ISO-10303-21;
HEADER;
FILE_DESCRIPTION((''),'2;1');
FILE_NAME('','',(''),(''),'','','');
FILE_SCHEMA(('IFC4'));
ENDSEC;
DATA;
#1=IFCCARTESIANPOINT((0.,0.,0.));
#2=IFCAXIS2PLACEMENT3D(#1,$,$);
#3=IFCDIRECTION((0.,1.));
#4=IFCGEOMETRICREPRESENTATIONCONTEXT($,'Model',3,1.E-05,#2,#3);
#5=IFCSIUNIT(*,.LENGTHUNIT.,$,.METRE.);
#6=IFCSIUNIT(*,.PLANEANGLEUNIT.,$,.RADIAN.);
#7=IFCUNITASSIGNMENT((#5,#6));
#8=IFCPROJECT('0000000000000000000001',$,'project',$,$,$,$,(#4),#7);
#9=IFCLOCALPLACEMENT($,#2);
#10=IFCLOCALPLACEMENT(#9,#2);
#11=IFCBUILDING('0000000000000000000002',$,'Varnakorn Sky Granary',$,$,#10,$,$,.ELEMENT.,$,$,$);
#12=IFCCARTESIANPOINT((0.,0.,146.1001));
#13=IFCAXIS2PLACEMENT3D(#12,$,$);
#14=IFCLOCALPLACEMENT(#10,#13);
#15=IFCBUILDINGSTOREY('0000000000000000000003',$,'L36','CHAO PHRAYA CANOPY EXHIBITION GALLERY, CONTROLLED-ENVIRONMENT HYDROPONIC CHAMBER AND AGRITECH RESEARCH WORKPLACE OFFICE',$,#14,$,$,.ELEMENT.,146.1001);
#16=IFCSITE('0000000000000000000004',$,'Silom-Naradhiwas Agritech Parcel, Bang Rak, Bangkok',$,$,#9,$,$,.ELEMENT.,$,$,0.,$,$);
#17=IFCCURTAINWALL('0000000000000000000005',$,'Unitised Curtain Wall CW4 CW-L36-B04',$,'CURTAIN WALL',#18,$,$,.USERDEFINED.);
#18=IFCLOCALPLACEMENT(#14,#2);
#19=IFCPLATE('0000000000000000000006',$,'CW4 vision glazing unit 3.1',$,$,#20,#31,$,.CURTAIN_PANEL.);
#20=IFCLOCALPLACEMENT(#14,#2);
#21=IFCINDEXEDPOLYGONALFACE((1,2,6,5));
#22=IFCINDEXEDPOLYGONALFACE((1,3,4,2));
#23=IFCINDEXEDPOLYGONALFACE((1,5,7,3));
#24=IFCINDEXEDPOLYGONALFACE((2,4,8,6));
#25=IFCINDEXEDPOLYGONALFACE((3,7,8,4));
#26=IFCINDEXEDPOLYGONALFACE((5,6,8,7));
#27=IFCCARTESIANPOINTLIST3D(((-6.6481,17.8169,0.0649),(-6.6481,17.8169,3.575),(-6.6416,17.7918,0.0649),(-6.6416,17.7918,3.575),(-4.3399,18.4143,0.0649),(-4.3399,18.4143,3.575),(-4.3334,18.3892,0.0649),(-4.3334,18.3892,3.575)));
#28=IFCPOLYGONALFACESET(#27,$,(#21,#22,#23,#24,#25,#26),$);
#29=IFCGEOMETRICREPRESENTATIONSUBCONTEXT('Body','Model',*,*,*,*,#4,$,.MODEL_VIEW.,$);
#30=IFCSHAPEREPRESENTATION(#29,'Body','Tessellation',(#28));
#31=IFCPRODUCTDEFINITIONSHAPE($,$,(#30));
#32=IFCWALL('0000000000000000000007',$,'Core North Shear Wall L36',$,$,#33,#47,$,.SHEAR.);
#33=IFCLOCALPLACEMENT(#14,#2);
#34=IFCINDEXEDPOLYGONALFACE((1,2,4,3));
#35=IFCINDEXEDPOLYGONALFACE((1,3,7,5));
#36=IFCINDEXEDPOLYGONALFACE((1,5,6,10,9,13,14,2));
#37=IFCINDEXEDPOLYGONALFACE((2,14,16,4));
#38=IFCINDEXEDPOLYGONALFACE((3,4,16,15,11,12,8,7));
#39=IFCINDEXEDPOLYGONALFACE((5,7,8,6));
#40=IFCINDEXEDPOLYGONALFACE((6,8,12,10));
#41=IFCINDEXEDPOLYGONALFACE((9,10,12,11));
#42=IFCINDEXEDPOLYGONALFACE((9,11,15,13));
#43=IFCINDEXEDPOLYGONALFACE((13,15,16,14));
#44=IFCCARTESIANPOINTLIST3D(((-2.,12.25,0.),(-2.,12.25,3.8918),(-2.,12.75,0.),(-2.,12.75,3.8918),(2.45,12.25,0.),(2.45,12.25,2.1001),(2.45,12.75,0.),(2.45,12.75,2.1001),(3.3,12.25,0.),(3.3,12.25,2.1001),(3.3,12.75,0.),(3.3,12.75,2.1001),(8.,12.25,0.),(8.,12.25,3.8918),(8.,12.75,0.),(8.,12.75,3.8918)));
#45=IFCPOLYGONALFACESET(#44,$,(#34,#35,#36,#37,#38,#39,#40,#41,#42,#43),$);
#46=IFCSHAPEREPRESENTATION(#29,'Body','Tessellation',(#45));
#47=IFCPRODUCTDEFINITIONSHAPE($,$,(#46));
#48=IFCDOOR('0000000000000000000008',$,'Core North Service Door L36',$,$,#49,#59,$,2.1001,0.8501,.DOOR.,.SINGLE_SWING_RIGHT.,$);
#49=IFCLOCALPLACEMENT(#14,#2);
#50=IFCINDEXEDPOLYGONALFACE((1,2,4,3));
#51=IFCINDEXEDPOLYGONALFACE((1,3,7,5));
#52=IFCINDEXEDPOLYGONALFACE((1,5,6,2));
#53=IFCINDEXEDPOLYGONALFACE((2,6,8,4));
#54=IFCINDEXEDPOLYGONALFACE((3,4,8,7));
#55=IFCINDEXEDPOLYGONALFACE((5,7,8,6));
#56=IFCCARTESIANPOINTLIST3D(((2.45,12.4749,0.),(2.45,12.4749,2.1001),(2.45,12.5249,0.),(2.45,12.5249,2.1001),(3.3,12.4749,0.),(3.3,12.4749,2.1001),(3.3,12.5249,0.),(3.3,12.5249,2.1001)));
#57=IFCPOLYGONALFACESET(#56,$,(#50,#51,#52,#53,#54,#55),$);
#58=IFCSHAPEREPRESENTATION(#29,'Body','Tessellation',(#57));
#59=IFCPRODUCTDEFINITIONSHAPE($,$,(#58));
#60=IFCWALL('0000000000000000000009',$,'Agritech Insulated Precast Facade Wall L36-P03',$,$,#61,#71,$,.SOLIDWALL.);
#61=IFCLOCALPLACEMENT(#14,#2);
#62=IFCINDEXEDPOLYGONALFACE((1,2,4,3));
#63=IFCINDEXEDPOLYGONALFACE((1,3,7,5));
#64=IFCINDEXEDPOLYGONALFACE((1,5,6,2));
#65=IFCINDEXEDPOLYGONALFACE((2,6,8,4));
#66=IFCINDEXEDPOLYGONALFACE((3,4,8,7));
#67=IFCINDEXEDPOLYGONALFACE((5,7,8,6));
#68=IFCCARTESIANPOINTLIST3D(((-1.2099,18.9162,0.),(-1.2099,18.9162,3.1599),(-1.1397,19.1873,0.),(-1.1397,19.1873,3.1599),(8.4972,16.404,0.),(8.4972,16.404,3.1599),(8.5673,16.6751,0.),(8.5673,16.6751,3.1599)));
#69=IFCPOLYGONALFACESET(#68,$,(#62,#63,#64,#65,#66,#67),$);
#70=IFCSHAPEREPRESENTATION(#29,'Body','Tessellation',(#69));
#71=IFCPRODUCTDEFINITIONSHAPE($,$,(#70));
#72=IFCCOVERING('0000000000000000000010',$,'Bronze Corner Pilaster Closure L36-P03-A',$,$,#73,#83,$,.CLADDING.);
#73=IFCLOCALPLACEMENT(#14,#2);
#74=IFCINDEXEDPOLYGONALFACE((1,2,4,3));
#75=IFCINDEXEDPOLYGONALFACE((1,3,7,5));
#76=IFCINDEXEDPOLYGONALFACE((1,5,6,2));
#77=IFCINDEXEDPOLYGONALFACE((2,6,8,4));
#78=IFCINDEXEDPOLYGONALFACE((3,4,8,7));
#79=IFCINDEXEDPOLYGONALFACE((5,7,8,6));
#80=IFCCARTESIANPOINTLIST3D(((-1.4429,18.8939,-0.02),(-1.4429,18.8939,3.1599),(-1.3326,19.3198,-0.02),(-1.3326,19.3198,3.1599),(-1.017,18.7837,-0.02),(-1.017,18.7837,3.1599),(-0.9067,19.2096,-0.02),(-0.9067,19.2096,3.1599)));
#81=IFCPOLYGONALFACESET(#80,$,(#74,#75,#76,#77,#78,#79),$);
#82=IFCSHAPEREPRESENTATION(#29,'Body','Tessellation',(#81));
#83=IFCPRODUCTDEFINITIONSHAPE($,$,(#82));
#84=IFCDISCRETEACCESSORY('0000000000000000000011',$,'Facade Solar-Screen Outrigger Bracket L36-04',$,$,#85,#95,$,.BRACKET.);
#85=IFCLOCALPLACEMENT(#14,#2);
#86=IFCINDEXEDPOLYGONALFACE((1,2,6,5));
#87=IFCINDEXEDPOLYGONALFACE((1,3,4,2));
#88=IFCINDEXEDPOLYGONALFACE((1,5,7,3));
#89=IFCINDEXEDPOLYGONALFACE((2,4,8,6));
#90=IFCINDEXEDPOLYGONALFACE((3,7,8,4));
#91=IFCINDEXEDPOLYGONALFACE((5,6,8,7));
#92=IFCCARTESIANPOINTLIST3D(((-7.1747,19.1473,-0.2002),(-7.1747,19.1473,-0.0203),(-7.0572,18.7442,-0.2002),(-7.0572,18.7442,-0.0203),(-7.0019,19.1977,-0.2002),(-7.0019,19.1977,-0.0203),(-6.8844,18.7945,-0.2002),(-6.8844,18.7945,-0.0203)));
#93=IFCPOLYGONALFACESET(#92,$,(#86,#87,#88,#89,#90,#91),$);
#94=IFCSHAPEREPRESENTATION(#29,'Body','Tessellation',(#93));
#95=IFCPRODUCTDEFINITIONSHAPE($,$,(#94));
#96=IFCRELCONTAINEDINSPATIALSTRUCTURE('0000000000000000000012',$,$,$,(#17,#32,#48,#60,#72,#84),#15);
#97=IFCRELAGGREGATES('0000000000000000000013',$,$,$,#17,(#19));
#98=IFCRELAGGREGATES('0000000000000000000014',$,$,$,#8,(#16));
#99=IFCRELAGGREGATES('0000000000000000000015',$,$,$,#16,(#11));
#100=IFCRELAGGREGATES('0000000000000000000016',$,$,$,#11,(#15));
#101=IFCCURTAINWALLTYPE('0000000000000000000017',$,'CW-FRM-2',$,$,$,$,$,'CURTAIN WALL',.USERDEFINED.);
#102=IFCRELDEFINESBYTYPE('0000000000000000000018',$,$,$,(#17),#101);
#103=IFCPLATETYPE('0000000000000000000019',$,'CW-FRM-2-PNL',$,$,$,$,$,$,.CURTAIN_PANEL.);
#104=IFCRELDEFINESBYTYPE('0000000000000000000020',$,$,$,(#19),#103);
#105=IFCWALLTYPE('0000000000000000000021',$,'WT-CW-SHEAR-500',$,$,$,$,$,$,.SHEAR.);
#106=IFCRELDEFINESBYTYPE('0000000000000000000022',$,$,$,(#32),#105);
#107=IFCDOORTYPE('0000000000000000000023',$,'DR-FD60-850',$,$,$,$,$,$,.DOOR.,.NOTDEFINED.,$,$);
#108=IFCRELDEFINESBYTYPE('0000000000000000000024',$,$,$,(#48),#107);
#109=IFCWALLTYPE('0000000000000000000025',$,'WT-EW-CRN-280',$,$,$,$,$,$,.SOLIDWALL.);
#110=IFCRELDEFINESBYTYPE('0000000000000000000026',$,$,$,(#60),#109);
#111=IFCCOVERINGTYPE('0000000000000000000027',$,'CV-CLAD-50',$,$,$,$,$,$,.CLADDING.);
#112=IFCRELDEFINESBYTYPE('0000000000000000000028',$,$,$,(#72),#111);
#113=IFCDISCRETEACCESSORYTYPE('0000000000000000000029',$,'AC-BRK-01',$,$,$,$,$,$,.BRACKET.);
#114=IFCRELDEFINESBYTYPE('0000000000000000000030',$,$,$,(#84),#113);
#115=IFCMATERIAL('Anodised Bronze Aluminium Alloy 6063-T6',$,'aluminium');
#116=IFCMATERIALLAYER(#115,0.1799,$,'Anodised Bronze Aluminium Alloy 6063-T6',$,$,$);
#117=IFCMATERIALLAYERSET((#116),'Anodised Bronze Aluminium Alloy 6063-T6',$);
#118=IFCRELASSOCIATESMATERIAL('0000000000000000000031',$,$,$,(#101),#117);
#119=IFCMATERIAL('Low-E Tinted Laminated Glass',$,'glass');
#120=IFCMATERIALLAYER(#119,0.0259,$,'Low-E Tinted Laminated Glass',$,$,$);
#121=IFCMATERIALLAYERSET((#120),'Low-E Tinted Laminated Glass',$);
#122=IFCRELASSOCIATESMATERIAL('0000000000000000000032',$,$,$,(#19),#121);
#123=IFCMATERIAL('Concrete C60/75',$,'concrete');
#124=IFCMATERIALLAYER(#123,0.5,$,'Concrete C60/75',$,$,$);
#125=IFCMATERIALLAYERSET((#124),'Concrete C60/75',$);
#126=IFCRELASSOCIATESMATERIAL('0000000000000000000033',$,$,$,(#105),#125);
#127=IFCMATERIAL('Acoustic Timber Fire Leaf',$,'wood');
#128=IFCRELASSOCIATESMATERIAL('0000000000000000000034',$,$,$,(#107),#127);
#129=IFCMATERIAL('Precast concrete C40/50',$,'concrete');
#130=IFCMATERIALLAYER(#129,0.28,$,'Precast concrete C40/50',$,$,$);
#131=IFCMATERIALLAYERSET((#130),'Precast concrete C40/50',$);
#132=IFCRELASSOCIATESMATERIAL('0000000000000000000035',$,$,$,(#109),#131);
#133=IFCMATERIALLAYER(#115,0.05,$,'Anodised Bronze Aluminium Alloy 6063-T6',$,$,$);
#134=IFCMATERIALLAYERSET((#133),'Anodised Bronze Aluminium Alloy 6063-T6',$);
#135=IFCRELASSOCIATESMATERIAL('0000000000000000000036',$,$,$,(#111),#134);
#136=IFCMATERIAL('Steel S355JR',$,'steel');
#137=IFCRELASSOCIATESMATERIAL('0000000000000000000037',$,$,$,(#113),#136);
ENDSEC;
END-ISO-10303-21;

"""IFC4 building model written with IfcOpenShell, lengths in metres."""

from ifc_helpers import new_model, si_unit, direction, frame, frame_2d, origin, origin_2d, place, context, subcontext, project, spatial, rectangle, extrude, source, transform, mapped, material, layer, layer_set, type_object, type_shapes, element, fill, aggregate, save


model = new_model("IFC4")

# Units and contexts
model_context = context("Model", 3, precision=1e-05, world=origin(), true_north=direction((0.0, 1.0)))
body_context = subcontext(model_context, "Body", "Model", "MODEL_VIEW")
ifc_project = project(units=[si_unit("LENGTHUNIT", "METRE"), si_unit("PLANEANGLEUNIT", "RADIAN")], contexts=[model_context])

# Site, building, storey
site_placement = place(None, origin())
site = spatial("IfcSite", under=ifc_project, at=site_placement, Name="Silom-Naradhiwas Agritech Parcel, Bang Rak, Bangkok", CompositionType="ELEMENT", RefElevation=0.0)
building_placement = place(site_placement, origin())
building = spatial("IfcBuilding", under=site, at=building_placement, Name="Varnakorn Sky Granary", CompositionType="ELEMENT")
storey_placement = place(building_placement, frame((0.0, 0.0, 146.1001)))
storey = spatial("IfcBuildingStorey", under=building, at=storey_placement, Name="L36", Description="CHAO PHRAYA CANOPY EXHIBITION GALLERY, CONTROLLED-ENVIRONMENT HYDROPONIC CHAMBER AND AGRITECH RESEARCH WORKPLACE OFFICE", CompositionType="ELEMENT", Elevation=146.1001)

# Shared definitions
ifc_material_1 = material(Name="Steel S355JR", Category="steel")

# Curtain wall, plate
ifc_material_2 = material(Name="Anodised Bronze Aluminium Alloy 6063-T6", Category="aluminium")
ifc_layer_1 = layer(ifc_material_2, 0.1799, Name="Anodised Bronze Aluminium Alloy 6063-T6")
ifc_layer_set_1 = layer_set([ifc_layer_1], Name="Anodised Bronze Aluminium Alloy 6063-T6")
curtain_wall_type = type_object("IfcCurtainWallType", Name="CW-FRM-2", ElementType="CURTAIN WALL", PredefinedType="USERDEFINED", material=ifc_layer_set_1)
curtain_wall_placement = place(storey_placement, origin())
curtain_wall = element("IfcCurtainWall", 1, at=curtain_wall_placement, inside=storey, type_object=curtain_wall_type, Name="Unitised Curtain Wall CW4 CW-L36-B04", ObjectType="CURTAIN WALL", PredefinedType="USERDEFINED")
ifc_material_3 = material(Name="Low-E Tinted Laminated Glass", Category="glass")
ifc_layer_2 = layer(ifc_material_3, 0.0259, Name="Low-E Tinted Laminated Glass")
ifc_layer_set_2 = layer_set([ifc_layer_2], Name="Low-E Tinted Laminated Glass")
plate_type = type_object("IfcPlateType", Name="CW-FRM-2-PNL", PredefinedType="CURTAIN_PANEL")
shared_shape_1 = source(origin(), body_context, "Body", "SweptSolid", [
    extrude(rectangle(XDim=2.3843, YDim=0.0259, at=origin_2d()), origin(), (0.0, 0.0, 1.0), 3.51),
])
plate_1_placement = place(storey_placement, frame((-5.4907, 18.103, 0.0649), z_axis=(0.0, 0.0, 1.0), x_axis=(0.968101, 0.250559, 0.0)))
plate_1 = element("IfcPlate", 2, at=plate_1_placement, type_object=plate_type, material=ifc_layer_set_2, Name="CW4 vision glazing unit 3.1", PredefinedType="CURTAIN_PANEL", context=body_context, shape_type="MappedRepresentation", body=[
    mapped(shared_shape_1, transform((0.0, 0.0, 0.0), x_axis=(1.0, 0.0, 0.0), y_axis=(0.0, 1.0, 0.0), z_axis=(0.0, 0.0, 1.0), scale=1.0)),
])
aggregate(curtain_wall, [plate_1])

# Wall, opening, door
ifc_material_4 = material(Name="Concrete C60/75", Category="concrete")
ifc_layer_3 = layer(ifc_material_4, 0.5, Name="Concrete C60/75")
ifc_layer_set_3 = layer_set([ifc_layer_3], Name="Concrete C60/75")
wall_type_1 = type_object("IfcWallType", Name="WT-CW-SHEAR-500", PredefinedType="SHEAR", material=ifc_layer_set_3)
wall_1_placement = place(storey_placement, frame((-2.0, 12.5, 0.0), z_axis=(0.0, 0.0, 1.0), x_axis=(1.0, 0.0, 0.0)))
wall_1 = element("IfcWall", 3, at=wall_1_placement, inside=storey, type_object=wall_type_1, Name="Core North Shear Wall L36", PredefinedType="SHEAR", context=body_context, shape_type="SweptSolid", body=[
    extrude(rectangle(XDim=10.0, YDim=0.5, at=frame_2d((5.0, 0.0))), origin(), (0.0, 0.0, 1.0), 3.8918),
])
opening_placement = place(wall_1_placement, frame((4.45, 0.0, 0.0)))
opening = element("IfcOpeningElement", 4, at=opening_placement, cuts=wall_1, PredefinedType="OPENING", context=body_context, shape_type="SweptSolid", body=[
    extrude(rectangle(XDim=0.8501, YDim=2.1001, at=frame_2d((0.425, 1.05))), frame((0.0, 0.26, 0.0), z_axis=(0.0, -1.0, 0.0), x_axis=(1.0, 0.0, 0.0)), (0.0, 0.0, 1.0), 0.52),
])
ifc_material_5 = material(Name="Acoustic Timber Fire Leaf", Category="wood")
door_type = type_object("IfcDoorType", Name="DR-FD60-850", OperationType="NOTDEFINED", PredefinedType="DOOR", material=ifc_material_5)
door_placement = place(opening_placement, origin())
door = element("IfcDoor", 5, at=door_placement, inside=storey, type_object=door_type, Name="Core North Service Door L36", OperationType="SINGLE_SWING_RIGHT", OverallHeight=2.1001, OverallWidth=0.8501, PredefinedType="DOOR", context=body_context, shape_type="SweptSolid", body=[
    extrude(rectangle(XDim=0.8501, YDim=2.1001, at=frame_2d((0.425, 1.05))), frame((0.0, 0.0249, 0.0), z_axis=(0.0, -1.0, 0.0), x_axis=(1.0, 0.0, 0.0)), (0.0, 0.0, 1.0), 0.05),
])
fill(opening, door)

# Wall
ifc_material_6 = material(Name="Precast concrete C40/50", Category="concrete")
ifc_layer_4 = layer(ifc_material_6, 0.28, Name="Precast concrete C40/50")
ifc_layer_set_4 = layer_set([ifc_layer_4], Name="Precast concrete C40/50")
wall_type_2 = type_object("IfcWallType", Name="WT-EW-CRN-280", PredefinedType="SOLIDWALL", material=ifc_layer_set_4)
wall_2_placement = place(storey_placement, frame((-1.1748, 19.0518, 0.0), z_axis=(0.0, 0.0, 1.0), x_axis=(0.968104, -0.250548, 0.0)))
element("IfcWall", 6, at=wall_2_placement, inside=storey, type_object=wall_type_2, Name="Agritech Insulated Precast Facade Wall L36-P03", PredefinedType="SOLIDWALL", context=body_context, shape_type="SweptSolid", body=[
    extrude(rectangle(XDim=10.0269, YDim=0.28, at=frame_2d((5.0134, 0.0))), origin(), (0.0, 0.0, 1.0), 3.1599),
])

# Covering
ifc_layer_5 = layer(ifc_material_2, 0.05, Name="Anodised Bronze Aluminium Alloy 6063-T6")
ifc_layer_set_5 = layer_set([ifc_layer_5], Name="Anodised Bronze Aluminium Alloy 6063-T6")
covering_type = type_object("IfcCoveringType", Name="CV-CLAD-50", PredefinedType="CLADDING", material=ifc_layer_set_5)
shared_shape_2 = source(origin(), body_context, "Body", "SweptSolid", [
    extrude(rectangle(XDim=0.4399, YDim=0.4399, at=origin_2d()), origin(), (0.0, 0.0, 1.0), 3.1799),
])
type_shapes(covering_type, [shared_shape_2])
covering_placement = place(storey_placement, frame((-1.1748, 19.0518, -0.02), z_axis=(0.0, 0.0, 1.0), x_axis=(0.968104, -0.250549, 0.0)))
element("IfcCovering", 7, at=covering_placement, inside=storey, type_object=covering_type, Name="Bronze Corner Pilaster Closure L36-P03-A", PredefinedType="CLADDING", context=body_context, shape_type="MappedRepresentation", body=[
    mapped(shared_shape_2, transform((0.0, 0.0, 0.0), x_axis=(1.0, 0.0, 0.0), y_axis=(0.0, 1.0, 0.0), z_axis=(0.0, 0.0, 1.0), scale=1.0)),
])

# Discrete accessory
discrete_accessory_type = type_object("IfcDiscreteAccessoryType", Name="AC-BRK-01", PredefinedType="BRACKET", material=ifc_material_1)
shared_shape_3 = source(origin(), body_context, "Body", "SweptSolid", [
    extrude(rectangle(XDim=0.1799, YDim=0.4199, at=origin_2d()), origin(), (0.0, 0.0, 1.0), 0.1799),
])
type_shapes(discrete_accessory_type, [shared_shape_3])
discrete_accessory_placement = place(storey_placement, frame((-7.0295, 18.9709, -0.2002), z_axis=(0.0, 0.0, 1.0), x_axis=(-0.960049, -0.279831, 0.0)))
element("IfcDiscreteAccessory", 8, at=discrete_accessory_placement, inside=storey, type_object=discrete_accessory_type, Name="Facade Solar-Screen Outrigger Bracket L36-04", PredefinedType="BRACKET", context=body_context, shape_type="MappedRepresentation", body=[
    mapped(shared_shape_3, transform((0.0, 0.0, 0.0), x_axis=(1.0, 0.0, 0.0), y_axis=(0.0, 1.0, 0.0), z_axis=(0.0, 0.0, 1.0), scale=1.0)),
])

save(model, "model.ifc")
